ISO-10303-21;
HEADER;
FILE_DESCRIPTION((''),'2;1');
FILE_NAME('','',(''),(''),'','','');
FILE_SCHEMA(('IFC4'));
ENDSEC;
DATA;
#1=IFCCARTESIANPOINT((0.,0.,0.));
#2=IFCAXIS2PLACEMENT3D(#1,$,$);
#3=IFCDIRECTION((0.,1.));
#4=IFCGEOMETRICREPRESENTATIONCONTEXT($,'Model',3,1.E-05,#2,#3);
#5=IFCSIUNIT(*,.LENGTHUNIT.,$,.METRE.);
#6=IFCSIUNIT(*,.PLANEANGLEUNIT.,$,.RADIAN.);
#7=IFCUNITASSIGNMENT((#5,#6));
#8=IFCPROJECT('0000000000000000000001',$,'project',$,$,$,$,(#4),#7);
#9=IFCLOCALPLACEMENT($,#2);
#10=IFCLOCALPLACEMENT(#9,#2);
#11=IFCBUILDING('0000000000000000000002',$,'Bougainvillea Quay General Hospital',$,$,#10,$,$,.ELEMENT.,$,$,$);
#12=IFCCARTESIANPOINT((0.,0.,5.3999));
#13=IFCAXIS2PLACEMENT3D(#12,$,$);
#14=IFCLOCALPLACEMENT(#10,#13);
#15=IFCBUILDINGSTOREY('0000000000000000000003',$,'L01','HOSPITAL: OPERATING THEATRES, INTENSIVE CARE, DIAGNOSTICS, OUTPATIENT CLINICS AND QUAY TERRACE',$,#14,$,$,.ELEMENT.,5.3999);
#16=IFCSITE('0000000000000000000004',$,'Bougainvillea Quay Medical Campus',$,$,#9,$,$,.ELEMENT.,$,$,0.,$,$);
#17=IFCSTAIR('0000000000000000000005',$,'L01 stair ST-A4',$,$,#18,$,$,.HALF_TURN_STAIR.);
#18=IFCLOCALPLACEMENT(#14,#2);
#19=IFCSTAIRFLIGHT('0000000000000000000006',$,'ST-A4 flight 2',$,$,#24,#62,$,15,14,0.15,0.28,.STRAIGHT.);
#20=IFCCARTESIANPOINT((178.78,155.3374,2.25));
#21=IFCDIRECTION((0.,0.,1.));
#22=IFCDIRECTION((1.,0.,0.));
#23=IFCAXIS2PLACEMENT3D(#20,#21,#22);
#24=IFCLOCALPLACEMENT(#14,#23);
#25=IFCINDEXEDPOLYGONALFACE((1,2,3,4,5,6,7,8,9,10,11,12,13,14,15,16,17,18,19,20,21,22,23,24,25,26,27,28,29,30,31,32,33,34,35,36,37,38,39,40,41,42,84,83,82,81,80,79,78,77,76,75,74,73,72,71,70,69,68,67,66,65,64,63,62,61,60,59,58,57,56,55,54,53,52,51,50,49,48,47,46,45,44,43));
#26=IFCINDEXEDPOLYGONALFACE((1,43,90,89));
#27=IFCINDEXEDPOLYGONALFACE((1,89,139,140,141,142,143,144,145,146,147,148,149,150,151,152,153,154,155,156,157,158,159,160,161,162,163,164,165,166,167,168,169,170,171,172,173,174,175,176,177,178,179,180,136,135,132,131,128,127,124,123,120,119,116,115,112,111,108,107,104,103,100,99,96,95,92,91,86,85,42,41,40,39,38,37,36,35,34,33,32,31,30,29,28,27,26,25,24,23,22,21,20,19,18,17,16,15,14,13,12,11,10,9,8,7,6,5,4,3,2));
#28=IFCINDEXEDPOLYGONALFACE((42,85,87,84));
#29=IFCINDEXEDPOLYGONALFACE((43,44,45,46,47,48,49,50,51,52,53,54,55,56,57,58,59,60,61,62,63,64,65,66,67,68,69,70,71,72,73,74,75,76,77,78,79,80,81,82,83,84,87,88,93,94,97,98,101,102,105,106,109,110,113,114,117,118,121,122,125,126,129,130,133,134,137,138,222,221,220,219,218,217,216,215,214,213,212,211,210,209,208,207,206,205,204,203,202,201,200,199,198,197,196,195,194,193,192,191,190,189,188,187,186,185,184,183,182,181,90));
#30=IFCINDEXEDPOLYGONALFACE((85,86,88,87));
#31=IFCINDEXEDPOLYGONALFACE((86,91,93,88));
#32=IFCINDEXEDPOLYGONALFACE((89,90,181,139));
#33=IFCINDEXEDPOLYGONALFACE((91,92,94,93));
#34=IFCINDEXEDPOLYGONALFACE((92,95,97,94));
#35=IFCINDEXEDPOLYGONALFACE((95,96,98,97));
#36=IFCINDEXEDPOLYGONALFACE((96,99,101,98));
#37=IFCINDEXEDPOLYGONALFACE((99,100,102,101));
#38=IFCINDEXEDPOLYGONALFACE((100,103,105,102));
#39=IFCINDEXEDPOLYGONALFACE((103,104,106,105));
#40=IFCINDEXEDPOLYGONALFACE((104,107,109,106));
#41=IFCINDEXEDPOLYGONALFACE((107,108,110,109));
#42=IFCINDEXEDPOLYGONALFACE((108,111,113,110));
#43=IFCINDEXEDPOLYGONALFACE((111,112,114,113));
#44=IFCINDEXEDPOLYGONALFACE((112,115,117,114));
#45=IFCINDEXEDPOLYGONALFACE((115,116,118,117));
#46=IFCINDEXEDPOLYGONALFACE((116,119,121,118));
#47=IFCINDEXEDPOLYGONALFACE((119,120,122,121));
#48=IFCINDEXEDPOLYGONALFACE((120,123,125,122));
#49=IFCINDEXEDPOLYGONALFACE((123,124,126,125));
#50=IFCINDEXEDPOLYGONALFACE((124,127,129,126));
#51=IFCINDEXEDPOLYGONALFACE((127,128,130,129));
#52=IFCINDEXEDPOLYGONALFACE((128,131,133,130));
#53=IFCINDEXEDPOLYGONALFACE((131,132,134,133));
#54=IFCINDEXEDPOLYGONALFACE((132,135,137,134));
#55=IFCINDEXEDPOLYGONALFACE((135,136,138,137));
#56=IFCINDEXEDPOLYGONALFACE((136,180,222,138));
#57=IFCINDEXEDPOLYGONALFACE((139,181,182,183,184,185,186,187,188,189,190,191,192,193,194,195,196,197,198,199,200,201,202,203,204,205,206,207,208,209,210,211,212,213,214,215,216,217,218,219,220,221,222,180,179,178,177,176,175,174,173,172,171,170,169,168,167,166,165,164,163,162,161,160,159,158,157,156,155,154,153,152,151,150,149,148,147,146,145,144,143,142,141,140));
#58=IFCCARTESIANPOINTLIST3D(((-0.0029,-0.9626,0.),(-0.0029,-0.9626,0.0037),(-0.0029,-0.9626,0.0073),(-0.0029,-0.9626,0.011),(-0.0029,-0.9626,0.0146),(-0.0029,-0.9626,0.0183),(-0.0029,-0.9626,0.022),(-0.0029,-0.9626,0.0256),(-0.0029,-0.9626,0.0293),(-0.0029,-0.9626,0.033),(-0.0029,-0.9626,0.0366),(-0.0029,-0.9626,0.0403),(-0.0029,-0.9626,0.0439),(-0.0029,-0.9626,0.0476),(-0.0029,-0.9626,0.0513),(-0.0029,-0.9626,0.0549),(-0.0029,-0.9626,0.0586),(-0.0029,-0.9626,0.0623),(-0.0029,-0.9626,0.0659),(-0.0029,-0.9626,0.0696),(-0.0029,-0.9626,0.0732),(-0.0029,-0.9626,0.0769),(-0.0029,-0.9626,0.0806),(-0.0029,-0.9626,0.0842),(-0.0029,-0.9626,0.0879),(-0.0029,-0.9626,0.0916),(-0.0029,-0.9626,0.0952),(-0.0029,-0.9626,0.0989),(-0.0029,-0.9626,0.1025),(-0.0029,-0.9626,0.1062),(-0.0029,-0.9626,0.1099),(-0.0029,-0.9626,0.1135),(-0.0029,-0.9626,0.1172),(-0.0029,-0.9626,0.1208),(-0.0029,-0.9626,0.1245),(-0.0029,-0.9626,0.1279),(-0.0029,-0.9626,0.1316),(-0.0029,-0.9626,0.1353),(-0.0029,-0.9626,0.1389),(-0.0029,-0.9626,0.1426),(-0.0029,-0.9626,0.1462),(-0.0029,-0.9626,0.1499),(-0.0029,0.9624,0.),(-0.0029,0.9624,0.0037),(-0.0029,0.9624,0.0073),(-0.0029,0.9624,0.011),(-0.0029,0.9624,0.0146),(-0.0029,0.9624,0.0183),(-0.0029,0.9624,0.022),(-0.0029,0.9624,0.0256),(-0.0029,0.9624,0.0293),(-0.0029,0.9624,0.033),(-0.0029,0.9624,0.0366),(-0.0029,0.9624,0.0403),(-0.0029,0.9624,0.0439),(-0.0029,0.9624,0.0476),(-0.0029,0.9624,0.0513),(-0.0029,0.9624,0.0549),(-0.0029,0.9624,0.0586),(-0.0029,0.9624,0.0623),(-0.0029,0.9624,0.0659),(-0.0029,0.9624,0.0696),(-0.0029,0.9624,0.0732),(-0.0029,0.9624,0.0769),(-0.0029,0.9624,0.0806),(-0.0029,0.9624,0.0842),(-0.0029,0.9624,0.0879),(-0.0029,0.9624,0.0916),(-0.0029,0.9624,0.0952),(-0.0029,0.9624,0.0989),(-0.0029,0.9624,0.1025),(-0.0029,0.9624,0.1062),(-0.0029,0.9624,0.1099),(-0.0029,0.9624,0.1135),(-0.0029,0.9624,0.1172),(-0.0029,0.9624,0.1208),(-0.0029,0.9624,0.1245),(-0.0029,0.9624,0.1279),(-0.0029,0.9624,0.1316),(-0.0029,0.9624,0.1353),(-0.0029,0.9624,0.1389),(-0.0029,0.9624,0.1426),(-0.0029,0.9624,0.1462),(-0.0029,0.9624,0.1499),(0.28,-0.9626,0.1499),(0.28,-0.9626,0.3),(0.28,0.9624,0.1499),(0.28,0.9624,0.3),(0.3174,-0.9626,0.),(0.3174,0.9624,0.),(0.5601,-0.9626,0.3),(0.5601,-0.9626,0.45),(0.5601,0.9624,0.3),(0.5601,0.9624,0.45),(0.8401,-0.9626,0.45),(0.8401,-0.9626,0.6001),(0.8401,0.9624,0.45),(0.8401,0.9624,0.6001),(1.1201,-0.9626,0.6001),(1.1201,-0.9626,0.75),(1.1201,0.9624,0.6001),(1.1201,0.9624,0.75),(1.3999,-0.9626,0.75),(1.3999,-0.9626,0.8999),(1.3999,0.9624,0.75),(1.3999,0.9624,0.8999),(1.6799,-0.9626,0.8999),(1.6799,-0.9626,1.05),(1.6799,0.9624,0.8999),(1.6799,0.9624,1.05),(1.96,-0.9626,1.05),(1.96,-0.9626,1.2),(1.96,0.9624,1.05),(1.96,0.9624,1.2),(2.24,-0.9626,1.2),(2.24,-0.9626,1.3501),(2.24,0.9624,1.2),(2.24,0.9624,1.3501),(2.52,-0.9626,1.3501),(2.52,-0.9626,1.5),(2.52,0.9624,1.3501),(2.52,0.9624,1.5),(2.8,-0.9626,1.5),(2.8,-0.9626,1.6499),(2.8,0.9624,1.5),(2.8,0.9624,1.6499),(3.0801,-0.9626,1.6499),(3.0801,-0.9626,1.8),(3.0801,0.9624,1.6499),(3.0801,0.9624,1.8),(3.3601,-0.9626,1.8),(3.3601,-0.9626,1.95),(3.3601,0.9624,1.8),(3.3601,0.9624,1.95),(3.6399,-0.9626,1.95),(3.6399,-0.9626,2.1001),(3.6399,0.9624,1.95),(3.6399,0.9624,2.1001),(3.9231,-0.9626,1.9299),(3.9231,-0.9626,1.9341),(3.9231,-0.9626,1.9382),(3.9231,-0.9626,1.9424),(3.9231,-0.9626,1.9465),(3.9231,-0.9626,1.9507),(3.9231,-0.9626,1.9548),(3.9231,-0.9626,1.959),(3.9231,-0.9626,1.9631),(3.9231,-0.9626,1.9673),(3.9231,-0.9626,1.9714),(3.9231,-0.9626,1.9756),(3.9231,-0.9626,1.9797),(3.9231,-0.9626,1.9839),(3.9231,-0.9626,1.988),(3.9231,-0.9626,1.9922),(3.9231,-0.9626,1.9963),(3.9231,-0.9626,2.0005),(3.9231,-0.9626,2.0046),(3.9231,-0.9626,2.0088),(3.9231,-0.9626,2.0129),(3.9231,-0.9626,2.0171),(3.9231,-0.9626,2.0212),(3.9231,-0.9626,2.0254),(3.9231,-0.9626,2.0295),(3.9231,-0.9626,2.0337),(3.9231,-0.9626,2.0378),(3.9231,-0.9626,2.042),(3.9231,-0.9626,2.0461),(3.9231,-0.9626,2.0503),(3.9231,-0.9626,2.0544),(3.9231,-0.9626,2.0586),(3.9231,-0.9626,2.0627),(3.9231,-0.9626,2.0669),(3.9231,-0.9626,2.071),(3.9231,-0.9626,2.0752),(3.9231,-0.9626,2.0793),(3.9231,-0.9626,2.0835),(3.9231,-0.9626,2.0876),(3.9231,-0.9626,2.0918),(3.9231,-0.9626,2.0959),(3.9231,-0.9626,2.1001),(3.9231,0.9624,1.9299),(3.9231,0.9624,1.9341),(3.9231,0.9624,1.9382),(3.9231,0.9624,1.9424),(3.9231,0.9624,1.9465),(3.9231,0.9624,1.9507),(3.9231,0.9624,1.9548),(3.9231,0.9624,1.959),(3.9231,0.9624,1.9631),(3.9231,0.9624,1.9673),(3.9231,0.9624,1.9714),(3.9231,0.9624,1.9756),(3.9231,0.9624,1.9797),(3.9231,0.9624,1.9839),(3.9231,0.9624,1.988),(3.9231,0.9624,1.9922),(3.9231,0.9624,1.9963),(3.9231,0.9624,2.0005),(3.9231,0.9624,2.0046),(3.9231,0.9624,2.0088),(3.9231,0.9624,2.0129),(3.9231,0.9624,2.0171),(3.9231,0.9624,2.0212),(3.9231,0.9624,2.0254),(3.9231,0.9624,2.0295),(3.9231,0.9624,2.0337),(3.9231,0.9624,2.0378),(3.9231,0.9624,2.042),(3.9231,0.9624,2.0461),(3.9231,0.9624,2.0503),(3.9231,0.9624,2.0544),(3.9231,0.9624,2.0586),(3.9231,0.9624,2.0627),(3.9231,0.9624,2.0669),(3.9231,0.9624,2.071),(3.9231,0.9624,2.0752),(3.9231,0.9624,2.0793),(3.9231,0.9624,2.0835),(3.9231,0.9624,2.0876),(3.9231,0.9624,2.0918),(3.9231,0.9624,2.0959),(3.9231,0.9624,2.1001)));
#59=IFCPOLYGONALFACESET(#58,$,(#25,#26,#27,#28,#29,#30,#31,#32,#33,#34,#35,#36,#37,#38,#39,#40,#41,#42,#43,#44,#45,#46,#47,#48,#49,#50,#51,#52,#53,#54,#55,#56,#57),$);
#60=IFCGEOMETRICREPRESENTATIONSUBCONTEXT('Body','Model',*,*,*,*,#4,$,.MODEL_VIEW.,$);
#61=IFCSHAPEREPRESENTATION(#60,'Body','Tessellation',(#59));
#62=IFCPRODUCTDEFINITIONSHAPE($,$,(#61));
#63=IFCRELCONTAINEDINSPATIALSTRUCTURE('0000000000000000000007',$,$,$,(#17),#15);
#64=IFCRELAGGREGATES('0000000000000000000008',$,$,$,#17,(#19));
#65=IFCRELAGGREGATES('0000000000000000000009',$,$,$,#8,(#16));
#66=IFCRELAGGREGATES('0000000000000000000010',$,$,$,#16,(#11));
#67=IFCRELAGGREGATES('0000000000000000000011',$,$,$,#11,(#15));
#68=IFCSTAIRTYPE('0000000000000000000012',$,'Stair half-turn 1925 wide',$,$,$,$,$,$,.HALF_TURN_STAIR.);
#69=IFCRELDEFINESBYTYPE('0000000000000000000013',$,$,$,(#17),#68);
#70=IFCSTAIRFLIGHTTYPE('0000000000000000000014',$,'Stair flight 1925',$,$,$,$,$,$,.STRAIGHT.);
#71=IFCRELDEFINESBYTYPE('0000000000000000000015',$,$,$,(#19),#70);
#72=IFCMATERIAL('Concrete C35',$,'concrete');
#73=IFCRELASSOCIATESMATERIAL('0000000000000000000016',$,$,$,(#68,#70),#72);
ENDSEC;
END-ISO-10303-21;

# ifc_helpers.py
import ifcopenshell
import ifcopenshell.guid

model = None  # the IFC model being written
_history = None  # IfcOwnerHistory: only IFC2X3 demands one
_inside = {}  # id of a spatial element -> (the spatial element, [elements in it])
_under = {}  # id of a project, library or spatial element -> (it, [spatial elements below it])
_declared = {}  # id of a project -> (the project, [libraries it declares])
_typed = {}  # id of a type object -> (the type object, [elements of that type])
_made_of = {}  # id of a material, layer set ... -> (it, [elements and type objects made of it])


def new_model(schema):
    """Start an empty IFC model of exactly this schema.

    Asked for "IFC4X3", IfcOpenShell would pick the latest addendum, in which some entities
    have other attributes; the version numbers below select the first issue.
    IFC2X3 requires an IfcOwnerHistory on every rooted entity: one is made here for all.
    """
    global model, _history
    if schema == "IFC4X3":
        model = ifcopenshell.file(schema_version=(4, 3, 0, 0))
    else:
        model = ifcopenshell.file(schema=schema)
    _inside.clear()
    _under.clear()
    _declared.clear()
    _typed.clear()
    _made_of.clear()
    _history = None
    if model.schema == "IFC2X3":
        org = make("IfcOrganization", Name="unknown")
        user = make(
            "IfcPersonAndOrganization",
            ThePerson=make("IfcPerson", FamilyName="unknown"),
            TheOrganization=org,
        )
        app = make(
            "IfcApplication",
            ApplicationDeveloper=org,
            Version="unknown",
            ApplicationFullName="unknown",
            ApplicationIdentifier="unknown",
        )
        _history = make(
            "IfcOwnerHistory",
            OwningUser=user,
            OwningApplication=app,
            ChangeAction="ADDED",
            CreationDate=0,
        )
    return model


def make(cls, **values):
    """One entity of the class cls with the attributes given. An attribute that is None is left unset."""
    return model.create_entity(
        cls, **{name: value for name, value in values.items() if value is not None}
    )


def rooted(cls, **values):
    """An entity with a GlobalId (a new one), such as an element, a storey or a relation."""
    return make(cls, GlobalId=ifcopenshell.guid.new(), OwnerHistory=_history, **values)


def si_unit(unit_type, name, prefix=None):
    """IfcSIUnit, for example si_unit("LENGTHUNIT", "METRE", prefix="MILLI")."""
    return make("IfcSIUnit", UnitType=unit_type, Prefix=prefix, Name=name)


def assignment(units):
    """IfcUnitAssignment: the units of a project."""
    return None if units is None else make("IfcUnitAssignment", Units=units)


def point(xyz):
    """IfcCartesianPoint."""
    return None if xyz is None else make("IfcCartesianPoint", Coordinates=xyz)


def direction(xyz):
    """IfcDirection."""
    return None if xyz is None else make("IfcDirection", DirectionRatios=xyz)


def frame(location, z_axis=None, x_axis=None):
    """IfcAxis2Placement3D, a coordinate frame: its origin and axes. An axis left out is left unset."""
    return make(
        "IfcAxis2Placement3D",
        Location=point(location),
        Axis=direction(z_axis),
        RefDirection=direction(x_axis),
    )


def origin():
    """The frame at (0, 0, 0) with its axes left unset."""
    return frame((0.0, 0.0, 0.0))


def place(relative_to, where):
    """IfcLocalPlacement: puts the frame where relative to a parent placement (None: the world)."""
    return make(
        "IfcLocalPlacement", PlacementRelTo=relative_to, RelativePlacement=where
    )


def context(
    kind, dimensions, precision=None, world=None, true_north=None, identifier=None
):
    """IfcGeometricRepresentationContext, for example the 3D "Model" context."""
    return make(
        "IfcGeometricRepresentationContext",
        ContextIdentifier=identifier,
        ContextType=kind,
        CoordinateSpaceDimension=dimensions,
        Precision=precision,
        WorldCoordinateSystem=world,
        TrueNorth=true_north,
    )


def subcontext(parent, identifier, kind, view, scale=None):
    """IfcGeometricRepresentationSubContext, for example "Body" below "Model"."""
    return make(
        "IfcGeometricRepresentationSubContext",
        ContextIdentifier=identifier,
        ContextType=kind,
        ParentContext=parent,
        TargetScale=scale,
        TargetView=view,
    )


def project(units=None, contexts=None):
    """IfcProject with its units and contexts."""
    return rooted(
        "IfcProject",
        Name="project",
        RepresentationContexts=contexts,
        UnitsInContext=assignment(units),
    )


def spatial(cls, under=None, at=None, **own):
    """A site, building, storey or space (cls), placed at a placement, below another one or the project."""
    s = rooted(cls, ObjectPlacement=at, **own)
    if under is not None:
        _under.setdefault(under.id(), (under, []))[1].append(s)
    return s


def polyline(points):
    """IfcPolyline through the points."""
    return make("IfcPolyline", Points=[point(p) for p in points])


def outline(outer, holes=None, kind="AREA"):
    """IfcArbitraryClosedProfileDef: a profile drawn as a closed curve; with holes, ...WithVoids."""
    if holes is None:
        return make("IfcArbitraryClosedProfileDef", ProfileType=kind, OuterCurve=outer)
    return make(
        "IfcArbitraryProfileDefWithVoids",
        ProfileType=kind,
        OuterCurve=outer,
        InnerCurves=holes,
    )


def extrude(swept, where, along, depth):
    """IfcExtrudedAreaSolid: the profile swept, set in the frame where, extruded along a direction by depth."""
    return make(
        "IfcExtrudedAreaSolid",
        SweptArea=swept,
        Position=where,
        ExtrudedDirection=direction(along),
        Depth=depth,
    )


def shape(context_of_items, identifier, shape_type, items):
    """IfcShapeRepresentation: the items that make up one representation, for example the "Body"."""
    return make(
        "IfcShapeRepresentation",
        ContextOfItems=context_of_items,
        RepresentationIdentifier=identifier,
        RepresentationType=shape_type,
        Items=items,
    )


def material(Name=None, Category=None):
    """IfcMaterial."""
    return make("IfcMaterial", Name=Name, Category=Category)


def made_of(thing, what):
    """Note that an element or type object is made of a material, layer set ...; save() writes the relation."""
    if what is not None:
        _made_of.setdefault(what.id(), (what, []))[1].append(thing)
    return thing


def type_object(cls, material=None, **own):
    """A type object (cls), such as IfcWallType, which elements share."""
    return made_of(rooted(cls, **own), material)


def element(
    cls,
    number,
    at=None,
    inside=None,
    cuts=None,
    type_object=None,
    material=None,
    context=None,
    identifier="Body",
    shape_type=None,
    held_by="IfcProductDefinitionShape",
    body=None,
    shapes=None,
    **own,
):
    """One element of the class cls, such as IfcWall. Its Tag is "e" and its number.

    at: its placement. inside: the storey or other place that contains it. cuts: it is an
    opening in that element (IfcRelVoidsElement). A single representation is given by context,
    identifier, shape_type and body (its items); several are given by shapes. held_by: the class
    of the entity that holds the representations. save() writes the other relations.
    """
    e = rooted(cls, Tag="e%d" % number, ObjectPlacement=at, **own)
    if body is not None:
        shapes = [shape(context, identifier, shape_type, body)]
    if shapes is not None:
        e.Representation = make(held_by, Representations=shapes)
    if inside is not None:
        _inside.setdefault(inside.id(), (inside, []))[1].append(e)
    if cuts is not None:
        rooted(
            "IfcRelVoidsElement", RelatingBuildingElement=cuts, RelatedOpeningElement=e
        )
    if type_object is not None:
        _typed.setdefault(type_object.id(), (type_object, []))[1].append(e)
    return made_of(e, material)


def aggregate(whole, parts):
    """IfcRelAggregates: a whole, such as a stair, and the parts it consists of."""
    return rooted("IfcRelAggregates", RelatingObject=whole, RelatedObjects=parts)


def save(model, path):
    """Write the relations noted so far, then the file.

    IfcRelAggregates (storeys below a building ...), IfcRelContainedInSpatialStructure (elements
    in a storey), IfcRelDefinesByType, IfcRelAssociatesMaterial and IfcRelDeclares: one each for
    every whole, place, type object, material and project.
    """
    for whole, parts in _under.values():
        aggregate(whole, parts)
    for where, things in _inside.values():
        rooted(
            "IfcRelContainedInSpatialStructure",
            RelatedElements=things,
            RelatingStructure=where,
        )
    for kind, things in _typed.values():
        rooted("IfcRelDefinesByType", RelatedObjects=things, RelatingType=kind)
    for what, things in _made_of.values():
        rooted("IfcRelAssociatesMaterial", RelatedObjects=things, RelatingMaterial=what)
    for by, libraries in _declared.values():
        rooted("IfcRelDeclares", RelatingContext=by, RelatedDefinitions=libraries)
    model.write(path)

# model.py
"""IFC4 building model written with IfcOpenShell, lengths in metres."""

from ifc_helpers import new_model, si_unit, direction, frame, origin, place, context, subcontext, project, spatial, polyline, outline, extrude, material, type_object, element, aggregate, save


model = new_model("IFC4")

# Units and contexts
model_context = context("Model", 3, precision=1e-05, world=origin(), true_north=direction((0.0, 1.0)))
body_context = subcontext(model_context, "Body", "Model", "MODEL_VIEW")
ifc_project = project(units=[si_unit("LENGTHUNIT", "METRE"), si_unit("PLANEANGLEUNIT", "RADIAN")], contexts=[model_context])

# Site, building, storey
site_placement = place(None, origin())
site = spatial("IfcSite", under=ifc_project, at=site_placement, Name="Bougainvillea Quay Medical Campus", CompositionType="ELEMENT", RefElevation=0.0)
building_placement = place(site_placement, origin())
building = spatial("IfcBuilding", under=site, at=building_placement, Name="Bougainvillea Quay General Hospital", CompositionType="ELEMENT")
storey_placement = place(building_placement, frame((0.0, 0.0, 5.3999)))
storey = spatial("IfcBuildingStorey", under=building, at=storey_placement, Name="L01", Description="HOSPITAL: OPERATING THEATRES, INTENSIVE CARE, DIAGNOSTICS, OUTPATIENT CLINICS AND QUAY TERRACE", CompositionType="ELEMENT", Elevation=5.3999)

# Stair, stair flight
ifc_material_1 = material(Name="Concrete C35", Category="concrete")
stair_type = type_object("IfcStairType", Name="Stair half-turn 1925 wide", PredefinedType="HALF_TURN_STAIR", material=ifc_material_1)
stair_placement = place(storey_placement, origin())
stair = element("IfcStair", 1, at=stair_placement, inside=storey, type_object=stair_type, Name="L01 stair ST-A4", PredefinedType="HALF_TURN_STAIR")
stair_flight_type = type_object("IfcStairFlightType", Name="Stair flight 1925", PredefinedType="STRAIGHT", material=ifc_material_1)
stair_flight_1_placement = place(storey_placement, frame((178.78, 155.3374, 2.25), z_axis=(0.0, 0.0, 1.0), x_axis=(1.0, 0.0, 0.0)))
stair_flight_1 = element("IfcStairFlight", 2, at=stair_flight_1_placement, type_object=stair_flight_type, Name="ST-A4 flight 2", NumberOfRisers=15, NumberOfTreads=14, PredefinedType="STRAIGHT", RiserHeight=0.15, TreadLength=0.28, context=body_context, shape_type="SweptSolid", body=[
    extrude(outline(polyline([(-0.0029, 0.0), (-0.0029, 0.0037), (-0.0029, 0.0073), (-0.0029, 0.011), (-0.0029, 0.0146), (-0.0029, 0.0183), (-0.0029, 0.022), (-0.0029, 0.0256), (-0.0029, 0.0293), (-0.0029, 0.033), (-0.0029, 0.0366), (-0.0029, 0.0403), (-0.0029, 0.0439), (-0.0029, 0.0476), (-0.0029, 0.0513), (-0.0029, 0.0549), (-0.0029, 0.0586), (-0.0029, 0.0623), (-0.0029, 0.0659), (-0.0029, 0.0696), (-0.0029, 0.0732), (-0.0029, 0.0769), (-0.0029, 0.0806), (-0.0029, 0.0842), (-0.0029, 0.0879), (-0.0029, 0.0916), (-0.0029, 0.0952), (-0.0029, 0.0989), (-0.0029, 0.1025), (-0.0029, 0.1062), (-0.0029, 0.1099), (-0.0029, 0.1135), (-0.0029, 0.1172), (-0.0029, 0.1208), (-0.0029, 0.1245), (-0.0029, 0.1279), (-0.0029, 0.1316), (-0.0029, 0.1353), (-0.0029, 0.1389), (-0.0029, 0.1426), (-0.0029, 0.1462), (-0.0029, 0.1499), (0.28, 0.1499), (0.28, 0.3), (0.5601, 0.3), (0.5601, 0.45), (0.8401, 0.45), (0.8401, 0.6001), (1.1201, 0.6001), (1.1201, 0.75), (1.3999, 0.75), (1.3999, 0.8999), (1.6799, 0.8999), (1.6799, 1.05), (1.96, 1.05), (1.96, 1.2), (2.24, 1.2), (2.24, 1.3501), (2.52, 1.3501), (2.52, 1.5), (2.8, 1.5), (2.8, 1.6499), (3.0801, 1.6499), (3.0801, 1.8), (3.3601, 1.8), (3.3601, 1.95), (3.6399, 1.95), (3.6399, 2.1001), (3.9231, 2.1001), (3.9231, 2.0959), (3.9231, 2.0918), (3.9231, 2.0876), (3.9231, 2.0835), (3.9231, 2.0793), (3.9231, 2.0752), (3.9231, 2.071), (3.9231, 2.0669), (3.9231, 2.0627), (3.9231, 2.0586), (3.9231, 2.0544), (3.9231, 2.0503), (3.9231, 2.0461), (3.9231, 2.042), (3.9231, 2.0378), (3.9231, 2.0337), (3.9231, 2.0295), (3.9231, 2.0254), (3.9231, 2.0212), (3.9231, 2.0171), (3.9231, 2.0129), (3.9231, 2.0088), (3.9231, 2.0046), (3.9231, 2.0005), (3.9231, 1.9963), (3.9231, 1.9922), (3.9231, 1.988), (3.9231, 1.9839), (3.9231, 1.9797), (3.9231, 1.9756), (3.9231, 1.9714), (3.9231, 1.9673), (3.9231, 1.9631), (3.9231, 1.959), (3.9231, 1.9548), (3.9231, 1.9507), (3.9231, 1.9465), (3.9231, 1.9424), (3.9231, 1.9382), (3.9231, 1.9341), (3.9231, 1.9299), (0.3174, 0.0), (-0.0029, 0.0)])), frame((0.0, 0.9624, 0.0), z_axis=(0.0, -1.0, 0.0), x_axis=(1.0, 0.0, 0.0)), (0.0, 0.0, 1.0), 1.925),
])
aggregate(stair, [stair_flight_1])

save(model, "model.ifc")
